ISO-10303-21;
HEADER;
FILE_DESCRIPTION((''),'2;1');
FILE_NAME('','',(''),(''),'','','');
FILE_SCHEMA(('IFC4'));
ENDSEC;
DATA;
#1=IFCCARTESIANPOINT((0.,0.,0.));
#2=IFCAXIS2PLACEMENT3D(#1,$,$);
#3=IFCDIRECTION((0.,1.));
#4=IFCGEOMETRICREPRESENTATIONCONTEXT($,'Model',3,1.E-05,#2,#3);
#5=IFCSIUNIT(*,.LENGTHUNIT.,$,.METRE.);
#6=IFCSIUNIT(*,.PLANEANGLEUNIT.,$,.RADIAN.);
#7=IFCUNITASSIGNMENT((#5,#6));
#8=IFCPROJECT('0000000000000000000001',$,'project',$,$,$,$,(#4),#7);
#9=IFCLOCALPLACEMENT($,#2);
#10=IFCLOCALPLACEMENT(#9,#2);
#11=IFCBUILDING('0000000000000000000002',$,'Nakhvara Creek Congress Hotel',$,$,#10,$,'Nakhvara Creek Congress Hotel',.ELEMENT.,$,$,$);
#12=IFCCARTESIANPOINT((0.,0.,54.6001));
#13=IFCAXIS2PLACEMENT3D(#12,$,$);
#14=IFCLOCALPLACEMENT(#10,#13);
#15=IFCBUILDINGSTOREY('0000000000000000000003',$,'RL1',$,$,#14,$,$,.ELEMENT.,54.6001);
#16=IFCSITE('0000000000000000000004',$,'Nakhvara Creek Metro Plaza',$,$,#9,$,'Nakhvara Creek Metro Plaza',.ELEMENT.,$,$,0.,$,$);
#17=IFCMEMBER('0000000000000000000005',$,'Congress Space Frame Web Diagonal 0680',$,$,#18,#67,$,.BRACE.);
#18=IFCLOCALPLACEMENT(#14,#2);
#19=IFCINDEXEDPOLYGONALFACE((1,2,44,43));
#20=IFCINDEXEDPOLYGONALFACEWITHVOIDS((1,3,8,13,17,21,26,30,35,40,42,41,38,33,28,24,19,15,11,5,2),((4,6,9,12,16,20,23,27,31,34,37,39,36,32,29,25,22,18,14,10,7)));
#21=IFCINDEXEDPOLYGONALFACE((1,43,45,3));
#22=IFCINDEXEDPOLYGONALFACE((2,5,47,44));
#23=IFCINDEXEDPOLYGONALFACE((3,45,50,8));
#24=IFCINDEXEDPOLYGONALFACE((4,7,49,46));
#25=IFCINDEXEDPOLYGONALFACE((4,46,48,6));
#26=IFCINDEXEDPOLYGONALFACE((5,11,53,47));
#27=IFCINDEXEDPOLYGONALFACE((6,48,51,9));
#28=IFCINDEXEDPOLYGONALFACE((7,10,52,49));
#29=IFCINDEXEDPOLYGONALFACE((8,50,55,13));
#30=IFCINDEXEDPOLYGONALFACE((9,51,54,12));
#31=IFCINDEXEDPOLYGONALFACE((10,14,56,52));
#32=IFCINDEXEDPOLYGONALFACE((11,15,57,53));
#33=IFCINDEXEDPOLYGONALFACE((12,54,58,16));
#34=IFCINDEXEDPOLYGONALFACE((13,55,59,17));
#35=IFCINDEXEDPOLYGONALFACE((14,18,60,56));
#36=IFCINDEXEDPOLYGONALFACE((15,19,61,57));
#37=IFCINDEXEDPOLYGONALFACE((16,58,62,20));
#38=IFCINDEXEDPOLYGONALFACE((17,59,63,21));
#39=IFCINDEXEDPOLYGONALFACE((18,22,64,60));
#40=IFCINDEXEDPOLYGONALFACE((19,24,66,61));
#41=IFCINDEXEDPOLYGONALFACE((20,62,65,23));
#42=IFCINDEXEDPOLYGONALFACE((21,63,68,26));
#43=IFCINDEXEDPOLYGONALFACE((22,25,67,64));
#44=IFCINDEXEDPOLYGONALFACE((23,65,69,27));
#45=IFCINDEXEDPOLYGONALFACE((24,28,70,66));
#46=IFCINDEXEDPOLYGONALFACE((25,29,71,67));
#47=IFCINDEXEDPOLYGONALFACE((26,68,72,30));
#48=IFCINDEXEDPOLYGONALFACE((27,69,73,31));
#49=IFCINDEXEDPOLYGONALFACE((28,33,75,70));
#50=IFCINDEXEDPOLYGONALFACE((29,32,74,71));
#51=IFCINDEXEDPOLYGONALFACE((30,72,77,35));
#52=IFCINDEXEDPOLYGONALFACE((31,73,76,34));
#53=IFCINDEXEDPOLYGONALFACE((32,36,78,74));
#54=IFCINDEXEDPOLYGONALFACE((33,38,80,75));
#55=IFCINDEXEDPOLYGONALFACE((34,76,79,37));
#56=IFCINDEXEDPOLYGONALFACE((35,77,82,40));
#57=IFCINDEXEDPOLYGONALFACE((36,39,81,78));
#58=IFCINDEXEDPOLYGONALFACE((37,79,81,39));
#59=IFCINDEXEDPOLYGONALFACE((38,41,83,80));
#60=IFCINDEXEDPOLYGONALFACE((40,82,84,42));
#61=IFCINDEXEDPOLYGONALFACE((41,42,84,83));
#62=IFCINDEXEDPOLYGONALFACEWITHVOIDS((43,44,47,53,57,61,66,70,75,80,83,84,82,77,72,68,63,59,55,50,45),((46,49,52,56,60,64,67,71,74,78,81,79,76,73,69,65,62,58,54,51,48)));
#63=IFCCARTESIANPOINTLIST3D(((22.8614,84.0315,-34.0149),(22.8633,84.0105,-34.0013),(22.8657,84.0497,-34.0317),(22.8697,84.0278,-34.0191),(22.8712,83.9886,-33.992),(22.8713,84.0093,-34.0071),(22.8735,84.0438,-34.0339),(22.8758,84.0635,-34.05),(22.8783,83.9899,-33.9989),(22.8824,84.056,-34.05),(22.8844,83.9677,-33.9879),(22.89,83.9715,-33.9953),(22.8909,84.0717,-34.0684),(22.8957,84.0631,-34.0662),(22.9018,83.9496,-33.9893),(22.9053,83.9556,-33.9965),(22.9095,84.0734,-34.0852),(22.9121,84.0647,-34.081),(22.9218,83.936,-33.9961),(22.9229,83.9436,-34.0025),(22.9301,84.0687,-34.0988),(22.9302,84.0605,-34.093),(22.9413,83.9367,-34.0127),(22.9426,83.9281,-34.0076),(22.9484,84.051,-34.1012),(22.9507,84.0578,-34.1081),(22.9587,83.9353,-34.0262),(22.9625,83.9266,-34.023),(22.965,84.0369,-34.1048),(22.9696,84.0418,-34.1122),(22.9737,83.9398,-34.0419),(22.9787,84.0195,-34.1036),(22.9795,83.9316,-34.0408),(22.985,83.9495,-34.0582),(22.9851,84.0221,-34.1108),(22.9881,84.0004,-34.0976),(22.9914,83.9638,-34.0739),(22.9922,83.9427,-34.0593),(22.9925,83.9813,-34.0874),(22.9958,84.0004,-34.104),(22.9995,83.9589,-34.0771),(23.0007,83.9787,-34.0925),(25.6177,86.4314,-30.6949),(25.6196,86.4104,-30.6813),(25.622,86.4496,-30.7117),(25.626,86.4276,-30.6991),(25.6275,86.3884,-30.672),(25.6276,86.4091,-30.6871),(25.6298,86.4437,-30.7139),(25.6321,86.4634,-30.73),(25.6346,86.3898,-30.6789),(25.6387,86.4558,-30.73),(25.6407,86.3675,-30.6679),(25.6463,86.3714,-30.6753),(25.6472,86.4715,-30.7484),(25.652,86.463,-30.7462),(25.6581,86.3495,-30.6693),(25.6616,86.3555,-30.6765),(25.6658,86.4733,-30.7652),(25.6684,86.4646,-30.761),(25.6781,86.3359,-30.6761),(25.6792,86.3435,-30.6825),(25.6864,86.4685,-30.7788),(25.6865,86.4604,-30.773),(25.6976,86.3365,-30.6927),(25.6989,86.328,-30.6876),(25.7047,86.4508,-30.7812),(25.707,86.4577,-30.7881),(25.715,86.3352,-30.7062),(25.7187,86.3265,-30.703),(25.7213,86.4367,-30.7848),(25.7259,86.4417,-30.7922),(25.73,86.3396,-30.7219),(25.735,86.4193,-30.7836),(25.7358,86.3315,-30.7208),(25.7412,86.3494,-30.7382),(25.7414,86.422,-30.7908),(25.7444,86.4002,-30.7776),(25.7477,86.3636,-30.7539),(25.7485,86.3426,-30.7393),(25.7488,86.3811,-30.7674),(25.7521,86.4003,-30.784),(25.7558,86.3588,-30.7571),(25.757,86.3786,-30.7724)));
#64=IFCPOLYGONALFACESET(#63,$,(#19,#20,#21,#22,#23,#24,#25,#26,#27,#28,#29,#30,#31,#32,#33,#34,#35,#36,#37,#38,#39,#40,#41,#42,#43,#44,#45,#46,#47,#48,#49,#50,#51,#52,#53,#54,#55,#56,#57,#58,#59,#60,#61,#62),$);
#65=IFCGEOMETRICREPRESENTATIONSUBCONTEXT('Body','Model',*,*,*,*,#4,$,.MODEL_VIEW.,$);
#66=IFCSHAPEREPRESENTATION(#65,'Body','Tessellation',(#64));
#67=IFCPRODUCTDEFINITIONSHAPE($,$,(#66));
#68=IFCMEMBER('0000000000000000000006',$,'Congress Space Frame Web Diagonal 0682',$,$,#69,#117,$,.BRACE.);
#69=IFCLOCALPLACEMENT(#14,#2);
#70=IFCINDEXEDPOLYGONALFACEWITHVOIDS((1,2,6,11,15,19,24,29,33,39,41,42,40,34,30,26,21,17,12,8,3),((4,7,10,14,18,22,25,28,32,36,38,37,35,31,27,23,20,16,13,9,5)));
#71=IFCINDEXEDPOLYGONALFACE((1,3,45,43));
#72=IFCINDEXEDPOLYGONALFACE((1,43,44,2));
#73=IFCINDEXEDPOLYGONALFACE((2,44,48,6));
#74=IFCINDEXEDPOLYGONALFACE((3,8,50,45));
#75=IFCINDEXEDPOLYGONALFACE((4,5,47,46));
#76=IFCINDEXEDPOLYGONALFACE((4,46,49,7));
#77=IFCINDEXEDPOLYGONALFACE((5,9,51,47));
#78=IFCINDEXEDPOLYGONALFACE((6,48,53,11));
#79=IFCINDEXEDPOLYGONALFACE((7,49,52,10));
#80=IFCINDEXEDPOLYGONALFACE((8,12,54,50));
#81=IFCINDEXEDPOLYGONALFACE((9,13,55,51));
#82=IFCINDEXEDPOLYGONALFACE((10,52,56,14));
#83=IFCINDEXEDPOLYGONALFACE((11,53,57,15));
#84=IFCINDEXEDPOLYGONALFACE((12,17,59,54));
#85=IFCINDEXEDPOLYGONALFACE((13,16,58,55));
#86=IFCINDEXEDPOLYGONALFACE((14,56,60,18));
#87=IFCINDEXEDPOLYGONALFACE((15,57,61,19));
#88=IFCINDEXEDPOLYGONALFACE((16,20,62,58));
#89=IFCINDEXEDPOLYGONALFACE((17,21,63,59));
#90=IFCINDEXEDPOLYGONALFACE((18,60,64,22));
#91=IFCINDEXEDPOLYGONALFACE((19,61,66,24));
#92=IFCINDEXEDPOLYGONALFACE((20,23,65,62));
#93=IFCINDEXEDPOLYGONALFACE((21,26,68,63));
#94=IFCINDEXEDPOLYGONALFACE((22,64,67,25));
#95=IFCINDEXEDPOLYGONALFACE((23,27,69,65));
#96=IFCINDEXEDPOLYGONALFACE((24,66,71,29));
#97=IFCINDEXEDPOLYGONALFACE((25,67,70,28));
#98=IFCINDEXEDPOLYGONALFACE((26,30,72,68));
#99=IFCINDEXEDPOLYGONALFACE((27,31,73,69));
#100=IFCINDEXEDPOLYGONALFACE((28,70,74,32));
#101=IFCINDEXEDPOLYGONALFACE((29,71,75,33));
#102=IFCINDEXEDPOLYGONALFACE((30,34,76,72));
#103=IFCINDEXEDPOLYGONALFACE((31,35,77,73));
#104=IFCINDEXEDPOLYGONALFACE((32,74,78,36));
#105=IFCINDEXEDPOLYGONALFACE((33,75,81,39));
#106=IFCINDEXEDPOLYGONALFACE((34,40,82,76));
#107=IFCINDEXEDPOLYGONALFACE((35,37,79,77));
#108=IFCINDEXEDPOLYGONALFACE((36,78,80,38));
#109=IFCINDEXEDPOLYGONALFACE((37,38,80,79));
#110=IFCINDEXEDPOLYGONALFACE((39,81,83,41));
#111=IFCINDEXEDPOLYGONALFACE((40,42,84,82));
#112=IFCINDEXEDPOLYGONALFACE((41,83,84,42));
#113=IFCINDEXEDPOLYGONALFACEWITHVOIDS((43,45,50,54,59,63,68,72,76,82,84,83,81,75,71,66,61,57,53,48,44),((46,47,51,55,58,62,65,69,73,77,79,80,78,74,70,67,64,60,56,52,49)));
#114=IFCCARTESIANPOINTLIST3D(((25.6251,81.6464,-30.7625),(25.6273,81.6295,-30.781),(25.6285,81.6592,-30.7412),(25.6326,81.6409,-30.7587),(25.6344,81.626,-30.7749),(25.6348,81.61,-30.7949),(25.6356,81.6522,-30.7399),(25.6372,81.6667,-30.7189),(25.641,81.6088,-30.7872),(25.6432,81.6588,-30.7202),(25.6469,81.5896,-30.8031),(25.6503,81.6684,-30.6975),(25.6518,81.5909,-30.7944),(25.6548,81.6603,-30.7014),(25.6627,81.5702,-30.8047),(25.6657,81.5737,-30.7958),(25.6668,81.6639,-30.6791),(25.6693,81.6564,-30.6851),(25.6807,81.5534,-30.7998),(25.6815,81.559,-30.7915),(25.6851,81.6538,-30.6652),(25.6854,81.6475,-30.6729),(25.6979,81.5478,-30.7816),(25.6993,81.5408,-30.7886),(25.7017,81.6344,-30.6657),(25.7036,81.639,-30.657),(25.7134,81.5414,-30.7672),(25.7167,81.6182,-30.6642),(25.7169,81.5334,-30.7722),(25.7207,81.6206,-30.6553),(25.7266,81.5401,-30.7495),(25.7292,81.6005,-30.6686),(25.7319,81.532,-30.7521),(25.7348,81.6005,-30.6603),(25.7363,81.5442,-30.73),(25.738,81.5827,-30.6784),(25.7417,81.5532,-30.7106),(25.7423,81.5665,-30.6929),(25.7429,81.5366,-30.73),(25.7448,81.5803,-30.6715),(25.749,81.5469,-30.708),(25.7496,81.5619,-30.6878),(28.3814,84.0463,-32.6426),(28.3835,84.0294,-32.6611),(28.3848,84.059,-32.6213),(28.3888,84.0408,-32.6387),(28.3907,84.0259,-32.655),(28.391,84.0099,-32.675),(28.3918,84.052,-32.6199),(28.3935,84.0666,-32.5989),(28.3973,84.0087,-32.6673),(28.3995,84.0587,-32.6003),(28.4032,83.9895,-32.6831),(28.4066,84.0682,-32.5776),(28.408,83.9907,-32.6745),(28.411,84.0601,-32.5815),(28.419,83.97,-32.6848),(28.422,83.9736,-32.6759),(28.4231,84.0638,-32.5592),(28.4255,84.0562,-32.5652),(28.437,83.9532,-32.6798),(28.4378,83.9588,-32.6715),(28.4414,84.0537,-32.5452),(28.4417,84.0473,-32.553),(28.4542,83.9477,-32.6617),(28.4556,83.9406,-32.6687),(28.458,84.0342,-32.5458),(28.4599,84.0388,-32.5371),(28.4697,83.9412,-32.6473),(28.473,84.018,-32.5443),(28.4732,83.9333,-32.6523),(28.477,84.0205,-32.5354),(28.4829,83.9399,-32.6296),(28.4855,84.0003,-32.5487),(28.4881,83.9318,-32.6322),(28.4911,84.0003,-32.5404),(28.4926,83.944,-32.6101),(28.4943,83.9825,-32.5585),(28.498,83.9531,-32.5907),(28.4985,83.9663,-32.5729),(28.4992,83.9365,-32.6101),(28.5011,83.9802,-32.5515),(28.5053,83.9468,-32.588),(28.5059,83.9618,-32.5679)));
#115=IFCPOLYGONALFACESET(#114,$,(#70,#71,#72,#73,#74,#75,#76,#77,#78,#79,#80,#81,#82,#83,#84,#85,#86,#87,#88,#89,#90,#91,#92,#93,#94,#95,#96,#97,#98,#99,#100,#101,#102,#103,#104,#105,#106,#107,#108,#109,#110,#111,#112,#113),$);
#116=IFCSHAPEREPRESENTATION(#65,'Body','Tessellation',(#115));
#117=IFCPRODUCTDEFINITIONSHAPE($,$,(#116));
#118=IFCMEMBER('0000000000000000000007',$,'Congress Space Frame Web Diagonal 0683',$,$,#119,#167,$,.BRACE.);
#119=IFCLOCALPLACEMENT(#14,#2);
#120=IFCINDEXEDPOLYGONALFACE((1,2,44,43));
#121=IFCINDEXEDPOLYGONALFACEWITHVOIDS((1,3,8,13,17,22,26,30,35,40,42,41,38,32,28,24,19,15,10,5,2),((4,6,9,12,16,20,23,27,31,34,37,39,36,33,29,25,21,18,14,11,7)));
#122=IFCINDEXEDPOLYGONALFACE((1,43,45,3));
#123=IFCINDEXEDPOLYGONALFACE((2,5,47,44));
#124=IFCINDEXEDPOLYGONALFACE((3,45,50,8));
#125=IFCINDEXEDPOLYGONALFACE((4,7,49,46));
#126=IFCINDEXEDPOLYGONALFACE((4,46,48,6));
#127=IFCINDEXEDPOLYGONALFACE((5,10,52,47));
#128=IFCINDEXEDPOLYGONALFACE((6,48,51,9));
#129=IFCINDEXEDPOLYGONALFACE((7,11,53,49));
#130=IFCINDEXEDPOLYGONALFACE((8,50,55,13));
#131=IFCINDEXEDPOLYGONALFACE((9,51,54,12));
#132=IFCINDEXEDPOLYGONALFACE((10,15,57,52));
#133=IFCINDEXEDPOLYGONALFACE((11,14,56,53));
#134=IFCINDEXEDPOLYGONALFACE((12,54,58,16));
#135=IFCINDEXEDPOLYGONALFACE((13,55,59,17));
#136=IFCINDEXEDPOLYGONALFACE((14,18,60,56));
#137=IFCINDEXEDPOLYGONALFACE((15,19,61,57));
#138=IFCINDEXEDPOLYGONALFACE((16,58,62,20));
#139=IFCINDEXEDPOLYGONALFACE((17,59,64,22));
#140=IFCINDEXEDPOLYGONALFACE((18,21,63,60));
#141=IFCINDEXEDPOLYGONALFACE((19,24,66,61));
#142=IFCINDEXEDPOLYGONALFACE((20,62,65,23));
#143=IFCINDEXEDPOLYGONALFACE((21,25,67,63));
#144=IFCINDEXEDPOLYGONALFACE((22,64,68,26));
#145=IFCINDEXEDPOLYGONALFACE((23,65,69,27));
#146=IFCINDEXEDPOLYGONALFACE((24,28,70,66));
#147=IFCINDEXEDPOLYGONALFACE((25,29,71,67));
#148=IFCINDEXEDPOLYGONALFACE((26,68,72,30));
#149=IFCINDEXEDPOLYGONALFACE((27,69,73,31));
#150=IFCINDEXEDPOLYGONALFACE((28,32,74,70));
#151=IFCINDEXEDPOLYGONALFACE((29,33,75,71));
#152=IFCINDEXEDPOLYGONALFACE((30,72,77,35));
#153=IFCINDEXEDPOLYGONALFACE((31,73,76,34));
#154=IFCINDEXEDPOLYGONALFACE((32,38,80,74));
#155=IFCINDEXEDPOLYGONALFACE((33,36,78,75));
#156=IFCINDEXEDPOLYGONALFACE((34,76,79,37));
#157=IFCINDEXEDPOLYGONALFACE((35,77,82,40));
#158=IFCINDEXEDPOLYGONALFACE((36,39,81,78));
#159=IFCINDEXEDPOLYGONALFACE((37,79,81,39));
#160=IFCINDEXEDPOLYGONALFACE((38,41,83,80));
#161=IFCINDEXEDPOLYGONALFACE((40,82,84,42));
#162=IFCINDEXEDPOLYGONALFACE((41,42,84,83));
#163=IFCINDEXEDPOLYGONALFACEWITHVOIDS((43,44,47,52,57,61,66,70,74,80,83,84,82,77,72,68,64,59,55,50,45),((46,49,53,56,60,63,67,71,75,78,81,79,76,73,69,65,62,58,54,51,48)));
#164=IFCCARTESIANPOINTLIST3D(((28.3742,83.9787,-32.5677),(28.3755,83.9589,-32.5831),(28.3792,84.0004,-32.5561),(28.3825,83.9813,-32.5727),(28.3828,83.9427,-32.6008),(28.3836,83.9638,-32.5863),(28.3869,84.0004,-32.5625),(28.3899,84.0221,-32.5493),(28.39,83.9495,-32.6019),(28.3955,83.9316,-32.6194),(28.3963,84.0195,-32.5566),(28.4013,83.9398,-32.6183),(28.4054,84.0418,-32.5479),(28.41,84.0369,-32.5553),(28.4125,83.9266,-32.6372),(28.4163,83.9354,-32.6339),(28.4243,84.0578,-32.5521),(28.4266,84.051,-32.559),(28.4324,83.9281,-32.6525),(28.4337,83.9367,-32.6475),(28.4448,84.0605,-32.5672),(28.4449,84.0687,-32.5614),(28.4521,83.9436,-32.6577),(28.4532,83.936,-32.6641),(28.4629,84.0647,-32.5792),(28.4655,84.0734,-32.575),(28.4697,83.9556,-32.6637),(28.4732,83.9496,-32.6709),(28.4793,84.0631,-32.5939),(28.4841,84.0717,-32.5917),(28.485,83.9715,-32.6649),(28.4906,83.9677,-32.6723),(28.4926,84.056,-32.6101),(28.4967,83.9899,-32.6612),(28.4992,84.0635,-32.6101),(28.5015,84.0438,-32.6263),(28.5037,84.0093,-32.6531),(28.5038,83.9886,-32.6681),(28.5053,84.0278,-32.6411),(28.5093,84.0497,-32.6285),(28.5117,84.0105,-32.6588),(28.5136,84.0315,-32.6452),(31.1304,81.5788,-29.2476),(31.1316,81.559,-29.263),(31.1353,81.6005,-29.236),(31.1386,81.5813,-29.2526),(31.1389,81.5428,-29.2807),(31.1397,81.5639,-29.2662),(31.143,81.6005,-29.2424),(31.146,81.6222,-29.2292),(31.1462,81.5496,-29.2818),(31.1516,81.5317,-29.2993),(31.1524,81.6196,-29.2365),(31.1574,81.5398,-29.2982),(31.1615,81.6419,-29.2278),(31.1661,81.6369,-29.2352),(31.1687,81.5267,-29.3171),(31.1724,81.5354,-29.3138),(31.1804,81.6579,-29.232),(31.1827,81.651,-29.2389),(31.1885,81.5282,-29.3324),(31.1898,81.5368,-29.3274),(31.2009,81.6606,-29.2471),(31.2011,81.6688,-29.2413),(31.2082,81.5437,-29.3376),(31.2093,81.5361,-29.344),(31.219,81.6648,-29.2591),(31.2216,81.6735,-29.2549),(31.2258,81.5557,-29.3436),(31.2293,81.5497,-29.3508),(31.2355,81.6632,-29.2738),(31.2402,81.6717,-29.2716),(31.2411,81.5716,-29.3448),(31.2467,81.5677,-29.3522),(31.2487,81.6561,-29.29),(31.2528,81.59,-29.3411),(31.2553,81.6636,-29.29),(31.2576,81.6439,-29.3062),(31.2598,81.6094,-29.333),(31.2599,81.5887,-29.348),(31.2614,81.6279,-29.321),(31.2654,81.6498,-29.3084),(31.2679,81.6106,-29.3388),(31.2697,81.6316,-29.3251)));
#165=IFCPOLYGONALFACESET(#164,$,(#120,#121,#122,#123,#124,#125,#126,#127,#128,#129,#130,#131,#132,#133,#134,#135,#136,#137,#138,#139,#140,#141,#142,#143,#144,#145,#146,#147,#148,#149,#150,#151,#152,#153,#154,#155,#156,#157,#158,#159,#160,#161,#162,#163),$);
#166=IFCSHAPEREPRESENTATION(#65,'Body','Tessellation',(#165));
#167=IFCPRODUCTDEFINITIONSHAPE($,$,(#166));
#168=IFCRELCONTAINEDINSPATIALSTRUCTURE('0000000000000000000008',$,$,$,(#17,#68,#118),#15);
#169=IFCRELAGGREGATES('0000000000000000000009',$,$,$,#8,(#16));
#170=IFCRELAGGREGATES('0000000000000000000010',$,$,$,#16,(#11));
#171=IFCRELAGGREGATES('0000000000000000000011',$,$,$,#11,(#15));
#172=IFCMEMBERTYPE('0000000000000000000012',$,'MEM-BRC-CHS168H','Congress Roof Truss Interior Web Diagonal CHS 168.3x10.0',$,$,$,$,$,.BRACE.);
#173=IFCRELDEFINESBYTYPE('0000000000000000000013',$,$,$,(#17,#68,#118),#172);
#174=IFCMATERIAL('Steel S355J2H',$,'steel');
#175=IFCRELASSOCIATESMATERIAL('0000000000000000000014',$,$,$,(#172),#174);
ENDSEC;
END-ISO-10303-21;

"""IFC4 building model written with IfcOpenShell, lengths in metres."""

from ifc_helpers import new_model, si_unit, direction, frame, origin, origin_2d, place, context, subcontext, project, spatial, hollow_circle, extrude, material, material_profile, profile_set, type_object, element, save


model = new_model("IFC4")

# Units and contexts
model_context = context("Model", 3, precision=1e-05, world=origin(), true_north=direction((0.0, 1.0)))
body_context = subcontext(model_context, "Body", "Model", "MODEL_VIEW")
ifc_project = project(units=[si_unit("LENGTHUNIT", "METRE"), si_unit("PLANEANGLEUNIT", "RADIAN")], contexts=[model_context])

# Site, building, storey
site_placement = place(None, origin())
site = spatial("IfcSite", under=ifc_project, at=site_placement, Name="Nakhvara Creek Metro Plaza", LongName="Nakhvara Creek Metro Plaza", CompositionType="ELEMENT", RefElevation=0.0)
building_placement = place(site_placement, origin())
building = spatial("IfcBuilding", under=site, at=building_placement, Name="Nakhvara Creek Congress Hotel", LongName="Nakhvara Creek Congress Hotel", CompositionType="ELEMENT")
storey_placement = place(building_placement, frame((0.0, 0.0, 54.6001)))
storey = spatial("IfcBuildingStorey", under=building, at=storey_placement, Name="RL1", CompositionType="ELEMENT", Elevation=54.6001)

# Members
ifc_material_1 = material(Name="Steel S355J2H", Category="steel")
ifc_material_profile_1 = material_profile(ifc_material_1, hollow_circle(Radius=0.0842, WallThickness=0.01, at=origin_2d()), Name="CHS 168.3x10.0", Category="LoadBearing")
ifc_profile_set_1 = profile_set([ifc_material_profile_1], Name="Steel S355J2H")
member_type_1 = type_object("IfcMemberType", Name="MEM-BRC-CHS168H", Description="Congress Roof Truss Interior Web Diagonal CHS 168.3x10.0", PredefinedType="BRACE", material=ifc_profile_set_1)
member_1_placement = place(storey_placement, frame((22.9312, 84.0, -34.05), z_axis=(0.558237, 0.486047, 0.672406), x_axis=(-0.656658, 0.754188, 0.0)))
element("IfcMember", 1, at=member_1_placement, inside=storey, type_object=member_type_1, Name="Congress Space Frame Web Diagonal 0680", PredefinedType="BRACE", context=body_context, shape_type="SweptSolid", body=[
    extrude(hollow_circle(Radius=0.0842, WallThickness=0.01, at=origin_2d()), origin(), (0.0, 0.0, 1.0), 4.9375),
])
member_2_placement = place(storey_placement, frame((28.4438, 84.0, -32.6101), z_axis=(-0.670649, -0.583922, 0.457455), x_axis=(0.656658, -0.754188, 0.0)))
element("IfcMember", 2, at=member_2_placement, inside=storey, type_object=member_type_1, Name="Congress Space Frame Web Diagonal 0682", PredefinedType="BRACE", context=body_context, shape_type="SweptSolid", body=[
    extrude(hollow_circle(Radius=0.0842, WallThickness=0.01, at=origin_2d()), origin(), (0.0, 0.0, 1.0), 4.1099),
])
member_3_placement = place(storey_placement, frame((28.4438, 84.0, -32.6101), z_axis=(0.558203, -0.48606, 0.672425), x_axis=(0.656691, 0.75416, 0.0)))
element("IfcMember", 3, at=member_3_placement, inside=storey, type_object=member_type_1, Name="Congress Space Frame Web Diagonal 0683", PredefinedType="BRACE", context=body_context, shape_type="SweptSolid", body=[
    extrude(hollow_circle(Radius=0.0842, WallThickness=0.01, at=origin_2d()), origin(), (0.0, 0.0, 1.0), 4.9375),
])

save(model, "model.ifc")
